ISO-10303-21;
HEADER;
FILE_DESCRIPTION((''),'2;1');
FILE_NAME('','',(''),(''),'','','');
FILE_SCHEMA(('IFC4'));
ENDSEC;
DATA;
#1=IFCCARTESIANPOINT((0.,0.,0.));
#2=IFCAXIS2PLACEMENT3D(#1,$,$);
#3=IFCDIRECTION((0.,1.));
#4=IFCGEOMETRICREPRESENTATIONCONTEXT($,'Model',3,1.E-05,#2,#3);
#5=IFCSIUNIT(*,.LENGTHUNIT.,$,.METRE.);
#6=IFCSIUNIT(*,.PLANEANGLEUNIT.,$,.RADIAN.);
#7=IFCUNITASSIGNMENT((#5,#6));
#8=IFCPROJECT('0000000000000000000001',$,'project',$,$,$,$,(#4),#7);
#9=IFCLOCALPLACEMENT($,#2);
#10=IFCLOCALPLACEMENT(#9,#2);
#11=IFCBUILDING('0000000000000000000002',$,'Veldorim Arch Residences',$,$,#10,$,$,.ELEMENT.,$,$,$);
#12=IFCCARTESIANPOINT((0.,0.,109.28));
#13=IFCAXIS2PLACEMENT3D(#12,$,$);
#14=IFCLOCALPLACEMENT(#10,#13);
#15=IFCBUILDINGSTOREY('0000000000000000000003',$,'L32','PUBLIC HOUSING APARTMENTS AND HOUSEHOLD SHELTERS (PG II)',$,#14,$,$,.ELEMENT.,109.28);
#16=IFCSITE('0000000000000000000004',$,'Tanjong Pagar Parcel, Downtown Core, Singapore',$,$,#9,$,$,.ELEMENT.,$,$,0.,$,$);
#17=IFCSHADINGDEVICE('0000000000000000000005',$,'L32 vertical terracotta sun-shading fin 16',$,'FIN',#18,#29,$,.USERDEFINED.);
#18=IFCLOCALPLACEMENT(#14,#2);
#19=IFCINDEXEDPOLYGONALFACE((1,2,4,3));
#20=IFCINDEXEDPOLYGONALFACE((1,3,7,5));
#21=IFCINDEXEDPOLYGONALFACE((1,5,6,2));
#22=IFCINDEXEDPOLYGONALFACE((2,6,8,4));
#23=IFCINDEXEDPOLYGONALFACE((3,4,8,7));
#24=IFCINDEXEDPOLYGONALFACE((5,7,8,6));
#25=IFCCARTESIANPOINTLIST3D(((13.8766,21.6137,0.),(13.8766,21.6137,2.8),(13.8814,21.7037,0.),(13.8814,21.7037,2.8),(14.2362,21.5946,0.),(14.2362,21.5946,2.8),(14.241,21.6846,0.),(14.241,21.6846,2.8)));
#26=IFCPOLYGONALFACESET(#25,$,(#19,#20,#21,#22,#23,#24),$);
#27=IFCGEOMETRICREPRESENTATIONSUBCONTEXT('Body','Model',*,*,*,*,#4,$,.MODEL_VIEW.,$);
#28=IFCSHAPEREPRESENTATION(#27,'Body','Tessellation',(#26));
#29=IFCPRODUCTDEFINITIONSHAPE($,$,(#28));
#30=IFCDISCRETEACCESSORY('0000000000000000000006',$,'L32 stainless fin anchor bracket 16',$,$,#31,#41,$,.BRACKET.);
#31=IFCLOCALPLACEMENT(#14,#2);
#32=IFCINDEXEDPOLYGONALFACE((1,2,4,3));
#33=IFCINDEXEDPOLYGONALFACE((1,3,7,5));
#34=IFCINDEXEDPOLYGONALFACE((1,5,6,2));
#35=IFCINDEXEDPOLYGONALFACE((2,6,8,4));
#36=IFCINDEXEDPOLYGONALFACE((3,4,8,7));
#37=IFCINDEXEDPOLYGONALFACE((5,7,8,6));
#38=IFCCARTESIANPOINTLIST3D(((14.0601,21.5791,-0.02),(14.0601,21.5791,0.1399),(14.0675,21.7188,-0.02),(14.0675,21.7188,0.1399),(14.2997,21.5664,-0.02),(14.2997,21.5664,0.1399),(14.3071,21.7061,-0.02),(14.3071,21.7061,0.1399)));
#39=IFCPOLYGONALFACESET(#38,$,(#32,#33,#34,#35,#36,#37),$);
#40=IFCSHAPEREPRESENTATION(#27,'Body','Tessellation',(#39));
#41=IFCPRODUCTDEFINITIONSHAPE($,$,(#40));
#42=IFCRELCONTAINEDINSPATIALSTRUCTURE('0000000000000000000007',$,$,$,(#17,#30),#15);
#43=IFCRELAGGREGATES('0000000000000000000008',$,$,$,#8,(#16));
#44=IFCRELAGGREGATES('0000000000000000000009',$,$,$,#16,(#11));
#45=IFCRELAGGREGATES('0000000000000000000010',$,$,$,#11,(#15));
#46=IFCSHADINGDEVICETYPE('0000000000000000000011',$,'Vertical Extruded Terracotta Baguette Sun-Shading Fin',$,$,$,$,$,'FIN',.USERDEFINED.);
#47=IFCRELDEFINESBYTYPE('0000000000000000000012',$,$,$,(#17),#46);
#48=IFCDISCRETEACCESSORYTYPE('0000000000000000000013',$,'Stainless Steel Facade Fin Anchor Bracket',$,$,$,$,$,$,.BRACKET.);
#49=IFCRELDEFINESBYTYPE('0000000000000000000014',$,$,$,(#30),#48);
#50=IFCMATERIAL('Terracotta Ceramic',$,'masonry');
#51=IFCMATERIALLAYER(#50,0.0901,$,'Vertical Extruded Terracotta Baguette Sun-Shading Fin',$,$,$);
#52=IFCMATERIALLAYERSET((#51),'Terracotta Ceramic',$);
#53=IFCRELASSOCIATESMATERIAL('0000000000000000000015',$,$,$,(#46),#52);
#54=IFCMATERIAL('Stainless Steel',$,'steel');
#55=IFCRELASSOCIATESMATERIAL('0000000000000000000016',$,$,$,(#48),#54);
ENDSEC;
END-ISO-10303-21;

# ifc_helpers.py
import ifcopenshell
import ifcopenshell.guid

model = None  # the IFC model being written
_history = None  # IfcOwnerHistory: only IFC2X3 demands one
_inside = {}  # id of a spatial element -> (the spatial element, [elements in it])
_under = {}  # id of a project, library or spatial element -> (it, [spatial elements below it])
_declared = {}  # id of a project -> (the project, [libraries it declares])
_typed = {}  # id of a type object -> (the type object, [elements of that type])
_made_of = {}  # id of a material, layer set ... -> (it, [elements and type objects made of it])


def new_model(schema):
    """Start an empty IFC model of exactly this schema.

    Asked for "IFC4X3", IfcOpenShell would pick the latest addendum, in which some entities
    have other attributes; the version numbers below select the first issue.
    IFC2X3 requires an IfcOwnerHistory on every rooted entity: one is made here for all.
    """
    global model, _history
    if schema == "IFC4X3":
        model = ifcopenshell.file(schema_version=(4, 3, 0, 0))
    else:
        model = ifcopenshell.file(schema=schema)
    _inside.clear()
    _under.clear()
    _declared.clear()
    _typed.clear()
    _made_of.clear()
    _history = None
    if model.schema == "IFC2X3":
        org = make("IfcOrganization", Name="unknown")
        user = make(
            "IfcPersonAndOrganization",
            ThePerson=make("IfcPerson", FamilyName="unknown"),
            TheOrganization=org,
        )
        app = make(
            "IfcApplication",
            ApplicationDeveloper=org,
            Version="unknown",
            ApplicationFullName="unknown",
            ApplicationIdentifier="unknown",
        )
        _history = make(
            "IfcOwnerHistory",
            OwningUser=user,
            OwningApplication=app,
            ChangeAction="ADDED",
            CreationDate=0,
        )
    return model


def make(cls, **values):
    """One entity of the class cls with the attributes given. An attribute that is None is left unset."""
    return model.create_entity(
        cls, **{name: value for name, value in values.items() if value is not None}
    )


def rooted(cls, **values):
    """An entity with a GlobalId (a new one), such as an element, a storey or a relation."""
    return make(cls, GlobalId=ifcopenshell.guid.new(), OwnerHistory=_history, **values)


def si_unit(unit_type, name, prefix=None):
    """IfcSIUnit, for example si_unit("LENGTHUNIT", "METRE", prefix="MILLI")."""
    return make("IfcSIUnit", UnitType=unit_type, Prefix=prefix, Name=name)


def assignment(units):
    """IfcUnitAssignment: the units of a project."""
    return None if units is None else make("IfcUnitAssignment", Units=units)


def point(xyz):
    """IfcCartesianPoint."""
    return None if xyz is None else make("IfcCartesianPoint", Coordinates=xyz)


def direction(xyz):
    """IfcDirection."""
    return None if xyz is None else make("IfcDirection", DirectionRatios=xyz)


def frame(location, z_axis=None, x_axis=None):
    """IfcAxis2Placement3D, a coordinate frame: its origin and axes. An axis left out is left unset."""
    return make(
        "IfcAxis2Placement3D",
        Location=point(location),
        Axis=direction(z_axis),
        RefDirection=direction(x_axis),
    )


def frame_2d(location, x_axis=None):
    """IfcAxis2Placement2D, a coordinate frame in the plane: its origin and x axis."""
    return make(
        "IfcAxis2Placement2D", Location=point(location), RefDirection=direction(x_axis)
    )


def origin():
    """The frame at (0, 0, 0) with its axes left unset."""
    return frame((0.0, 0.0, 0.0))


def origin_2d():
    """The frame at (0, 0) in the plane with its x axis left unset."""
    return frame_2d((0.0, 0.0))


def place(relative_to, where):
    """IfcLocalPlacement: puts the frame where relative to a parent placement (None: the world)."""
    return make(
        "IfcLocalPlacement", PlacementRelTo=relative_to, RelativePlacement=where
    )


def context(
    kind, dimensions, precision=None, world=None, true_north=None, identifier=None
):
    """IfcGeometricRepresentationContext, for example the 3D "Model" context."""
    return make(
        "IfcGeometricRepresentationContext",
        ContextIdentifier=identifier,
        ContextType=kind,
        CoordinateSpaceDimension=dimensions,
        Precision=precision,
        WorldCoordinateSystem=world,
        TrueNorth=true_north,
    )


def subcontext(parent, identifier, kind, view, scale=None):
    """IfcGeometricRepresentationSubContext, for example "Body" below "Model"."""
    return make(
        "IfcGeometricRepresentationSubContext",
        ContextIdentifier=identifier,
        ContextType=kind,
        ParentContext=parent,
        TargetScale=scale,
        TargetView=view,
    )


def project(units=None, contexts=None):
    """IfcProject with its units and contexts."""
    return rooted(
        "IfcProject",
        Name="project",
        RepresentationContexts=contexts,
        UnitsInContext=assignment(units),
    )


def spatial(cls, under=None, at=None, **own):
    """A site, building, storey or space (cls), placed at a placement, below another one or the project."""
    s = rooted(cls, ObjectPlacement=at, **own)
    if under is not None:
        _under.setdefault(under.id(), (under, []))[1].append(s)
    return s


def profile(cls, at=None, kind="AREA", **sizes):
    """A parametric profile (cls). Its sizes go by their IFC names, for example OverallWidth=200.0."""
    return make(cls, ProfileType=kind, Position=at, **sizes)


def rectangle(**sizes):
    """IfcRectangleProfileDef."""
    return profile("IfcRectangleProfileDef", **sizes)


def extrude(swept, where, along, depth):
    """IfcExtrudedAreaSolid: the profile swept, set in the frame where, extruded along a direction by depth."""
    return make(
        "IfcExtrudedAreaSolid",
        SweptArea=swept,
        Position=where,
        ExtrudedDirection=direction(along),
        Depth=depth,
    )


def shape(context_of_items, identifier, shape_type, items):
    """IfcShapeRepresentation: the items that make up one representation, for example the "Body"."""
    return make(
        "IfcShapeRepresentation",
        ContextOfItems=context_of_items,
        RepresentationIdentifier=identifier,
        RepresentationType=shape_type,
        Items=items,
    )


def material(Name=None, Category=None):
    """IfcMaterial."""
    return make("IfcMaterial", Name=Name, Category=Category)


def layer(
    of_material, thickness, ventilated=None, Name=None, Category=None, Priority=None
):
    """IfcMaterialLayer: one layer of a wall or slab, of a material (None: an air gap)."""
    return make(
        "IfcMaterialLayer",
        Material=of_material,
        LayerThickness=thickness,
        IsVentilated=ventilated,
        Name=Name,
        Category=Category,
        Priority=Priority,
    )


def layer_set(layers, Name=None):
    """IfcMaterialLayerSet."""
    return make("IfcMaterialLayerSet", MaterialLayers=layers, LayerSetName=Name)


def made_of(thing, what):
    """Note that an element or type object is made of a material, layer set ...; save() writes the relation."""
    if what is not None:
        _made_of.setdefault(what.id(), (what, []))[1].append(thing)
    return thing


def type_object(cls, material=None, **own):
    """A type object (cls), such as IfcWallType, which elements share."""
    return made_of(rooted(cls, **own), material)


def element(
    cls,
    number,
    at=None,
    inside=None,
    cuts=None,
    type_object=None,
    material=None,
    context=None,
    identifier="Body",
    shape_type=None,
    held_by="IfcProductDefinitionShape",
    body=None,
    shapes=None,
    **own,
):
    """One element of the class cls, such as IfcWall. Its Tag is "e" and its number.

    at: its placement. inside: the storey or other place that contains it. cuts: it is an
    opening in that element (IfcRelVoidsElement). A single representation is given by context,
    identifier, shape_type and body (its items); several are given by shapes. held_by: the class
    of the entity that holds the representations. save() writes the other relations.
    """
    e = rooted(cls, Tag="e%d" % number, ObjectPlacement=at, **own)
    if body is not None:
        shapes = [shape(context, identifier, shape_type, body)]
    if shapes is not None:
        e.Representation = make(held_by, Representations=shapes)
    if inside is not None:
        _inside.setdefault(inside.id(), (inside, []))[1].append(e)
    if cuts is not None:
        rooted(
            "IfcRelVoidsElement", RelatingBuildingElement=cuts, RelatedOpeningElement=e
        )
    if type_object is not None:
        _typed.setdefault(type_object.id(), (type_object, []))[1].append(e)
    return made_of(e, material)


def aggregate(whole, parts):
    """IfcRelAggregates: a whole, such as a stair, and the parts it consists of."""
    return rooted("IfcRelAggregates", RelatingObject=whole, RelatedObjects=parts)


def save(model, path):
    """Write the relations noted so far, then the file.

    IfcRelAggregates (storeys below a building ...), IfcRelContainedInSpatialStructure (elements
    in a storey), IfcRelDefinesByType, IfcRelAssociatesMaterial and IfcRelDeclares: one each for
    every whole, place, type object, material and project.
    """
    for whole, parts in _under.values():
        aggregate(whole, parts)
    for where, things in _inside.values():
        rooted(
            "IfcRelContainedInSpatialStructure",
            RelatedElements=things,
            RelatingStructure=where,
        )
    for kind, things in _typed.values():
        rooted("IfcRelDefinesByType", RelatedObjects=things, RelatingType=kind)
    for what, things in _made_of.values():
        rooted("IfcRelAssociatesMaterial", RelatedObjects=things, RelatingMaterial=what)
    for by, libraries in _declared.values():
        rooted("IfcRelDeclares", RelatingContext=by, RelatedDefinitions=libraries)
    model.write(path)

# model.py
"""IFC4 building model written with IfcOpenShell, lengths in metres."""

from ifc_helpers import new_model, si_unit, direction, frame, origin, origin_2d, place, context, subcontext, project, spatial, rectangle, extrude, material, layer, layer_set, type_object, element, save


model = new_model("IFC4")

# Units and contexts
model_context = context("Model", 3, precision=1e-05, world=origin(), true_north=direction((0.0, 1.0)))
body_context = subcontext(model_context, "Body", "Model", "MODEL_VIEW")
ifc_project = project(units=[si_unit("LENGTHUNIT", "METRE"), si_unit("PLANEANGLEUNIT", "RADIAN")], contexts=[model_context])

# Site, building, storey
site_placement = place(None, origin())
site = spatial("IfcSite", under=ifc_project, at=site_placement, Name="Tanjong Pagar Parcel, Downtown Core, Singapore", CompositionType="ELEMENT", RefElevation=0.0)
building_placement = place(site_placement, origin())
building = spatial("IfcBuilding", under=site, at=building_placement, Name="Veldorim Arch Residences", CompositionType="ELEMENT")
storey_placement = place(building_placement, frame((0.0, 0.0, 109.28)))
storey = spatial("IfcBuildingStorey", under=building, at=storey_placement, Name="L32", Description="PUBLIC HOUSING APARTMENTS AND HOUSEHOLD SHELTERS (PG II)", CompositionType="ELEMENT", Elevation=109.28)

# Shading device
ifc_material_1 = material(Name="Terracotta Ceramic", Category="masonry")
ifc_layer_1 = layer(ifc_material_1, 0.0901, Name="Vertical Extruded Terracotta Baguette Sun-Shading Fin")
ifc_layer_set_1 = layer_set([ifc_layer_1], Name="Terracotta Ceramic")
shading_device_type = type_object("IfcShadingDeviceType", Name="Vertical Extruded Terracotta Baguette Sun-Shading Fin", ElementType="FIN", PredefinedType="USERDEFINED", material=ifc_layer_set_1)
shading_device_placement = place(storey_placement, frame((14.0588, 21.6492, 0.0), z_axis=(0.0, 0.0, 1.0), x_axis=(0.053033, 0.998593, 0.0)))
element("IfcShadingDevice", 1, at=shading_device_placement, inside=storey, type_object=shading_device_type, Name="L32 vertical terracotta sun-shading fin 16", ObjectType="FIN", PredefinedType="USERDEFINED", context=body_context, shape_type="SweptSolid", body=[
    extrude(rectangle(XDim=0.0901, YDim=0.3601, at=origin_2d()), origin(), (0.0, 0.0, 1.0), 2.8),
])

# Discrete accessory
ifc_material_2 = material(Name="Stainless Steel", Category="steel")
discrete_accessory_type = type_object("IfcDiscreteAccessoryType", Name="Stainless Steel Facade Fin Anchor Bracket", PredefinedType="BRACKET", material=ifc_material_2)
discrete_accessory_placement = place(storey_placement, frame((14.1836, 21.6426, -0.02), z_axis=(0.0, 0.0, 1.0), x_axis=(0.053033, 0.998593, 0.0)))
element("IfcDiscreteAccessory", 2, at=discrete_accessory_placement, inside=storey, type_object=discrete_accessory_type, Name="L32 stainless fin anchor bracket 16", PredefinedType="BRACKET", context=body_context, shape_type="SweptSolid", body=[
    extrude(rectangle(XDim=0.1399, YDim=0.24, at=origin_2d()), origin(), (0.0, 0.0, 1.0), 0.1599),
])

save(model, "model.ifc")
